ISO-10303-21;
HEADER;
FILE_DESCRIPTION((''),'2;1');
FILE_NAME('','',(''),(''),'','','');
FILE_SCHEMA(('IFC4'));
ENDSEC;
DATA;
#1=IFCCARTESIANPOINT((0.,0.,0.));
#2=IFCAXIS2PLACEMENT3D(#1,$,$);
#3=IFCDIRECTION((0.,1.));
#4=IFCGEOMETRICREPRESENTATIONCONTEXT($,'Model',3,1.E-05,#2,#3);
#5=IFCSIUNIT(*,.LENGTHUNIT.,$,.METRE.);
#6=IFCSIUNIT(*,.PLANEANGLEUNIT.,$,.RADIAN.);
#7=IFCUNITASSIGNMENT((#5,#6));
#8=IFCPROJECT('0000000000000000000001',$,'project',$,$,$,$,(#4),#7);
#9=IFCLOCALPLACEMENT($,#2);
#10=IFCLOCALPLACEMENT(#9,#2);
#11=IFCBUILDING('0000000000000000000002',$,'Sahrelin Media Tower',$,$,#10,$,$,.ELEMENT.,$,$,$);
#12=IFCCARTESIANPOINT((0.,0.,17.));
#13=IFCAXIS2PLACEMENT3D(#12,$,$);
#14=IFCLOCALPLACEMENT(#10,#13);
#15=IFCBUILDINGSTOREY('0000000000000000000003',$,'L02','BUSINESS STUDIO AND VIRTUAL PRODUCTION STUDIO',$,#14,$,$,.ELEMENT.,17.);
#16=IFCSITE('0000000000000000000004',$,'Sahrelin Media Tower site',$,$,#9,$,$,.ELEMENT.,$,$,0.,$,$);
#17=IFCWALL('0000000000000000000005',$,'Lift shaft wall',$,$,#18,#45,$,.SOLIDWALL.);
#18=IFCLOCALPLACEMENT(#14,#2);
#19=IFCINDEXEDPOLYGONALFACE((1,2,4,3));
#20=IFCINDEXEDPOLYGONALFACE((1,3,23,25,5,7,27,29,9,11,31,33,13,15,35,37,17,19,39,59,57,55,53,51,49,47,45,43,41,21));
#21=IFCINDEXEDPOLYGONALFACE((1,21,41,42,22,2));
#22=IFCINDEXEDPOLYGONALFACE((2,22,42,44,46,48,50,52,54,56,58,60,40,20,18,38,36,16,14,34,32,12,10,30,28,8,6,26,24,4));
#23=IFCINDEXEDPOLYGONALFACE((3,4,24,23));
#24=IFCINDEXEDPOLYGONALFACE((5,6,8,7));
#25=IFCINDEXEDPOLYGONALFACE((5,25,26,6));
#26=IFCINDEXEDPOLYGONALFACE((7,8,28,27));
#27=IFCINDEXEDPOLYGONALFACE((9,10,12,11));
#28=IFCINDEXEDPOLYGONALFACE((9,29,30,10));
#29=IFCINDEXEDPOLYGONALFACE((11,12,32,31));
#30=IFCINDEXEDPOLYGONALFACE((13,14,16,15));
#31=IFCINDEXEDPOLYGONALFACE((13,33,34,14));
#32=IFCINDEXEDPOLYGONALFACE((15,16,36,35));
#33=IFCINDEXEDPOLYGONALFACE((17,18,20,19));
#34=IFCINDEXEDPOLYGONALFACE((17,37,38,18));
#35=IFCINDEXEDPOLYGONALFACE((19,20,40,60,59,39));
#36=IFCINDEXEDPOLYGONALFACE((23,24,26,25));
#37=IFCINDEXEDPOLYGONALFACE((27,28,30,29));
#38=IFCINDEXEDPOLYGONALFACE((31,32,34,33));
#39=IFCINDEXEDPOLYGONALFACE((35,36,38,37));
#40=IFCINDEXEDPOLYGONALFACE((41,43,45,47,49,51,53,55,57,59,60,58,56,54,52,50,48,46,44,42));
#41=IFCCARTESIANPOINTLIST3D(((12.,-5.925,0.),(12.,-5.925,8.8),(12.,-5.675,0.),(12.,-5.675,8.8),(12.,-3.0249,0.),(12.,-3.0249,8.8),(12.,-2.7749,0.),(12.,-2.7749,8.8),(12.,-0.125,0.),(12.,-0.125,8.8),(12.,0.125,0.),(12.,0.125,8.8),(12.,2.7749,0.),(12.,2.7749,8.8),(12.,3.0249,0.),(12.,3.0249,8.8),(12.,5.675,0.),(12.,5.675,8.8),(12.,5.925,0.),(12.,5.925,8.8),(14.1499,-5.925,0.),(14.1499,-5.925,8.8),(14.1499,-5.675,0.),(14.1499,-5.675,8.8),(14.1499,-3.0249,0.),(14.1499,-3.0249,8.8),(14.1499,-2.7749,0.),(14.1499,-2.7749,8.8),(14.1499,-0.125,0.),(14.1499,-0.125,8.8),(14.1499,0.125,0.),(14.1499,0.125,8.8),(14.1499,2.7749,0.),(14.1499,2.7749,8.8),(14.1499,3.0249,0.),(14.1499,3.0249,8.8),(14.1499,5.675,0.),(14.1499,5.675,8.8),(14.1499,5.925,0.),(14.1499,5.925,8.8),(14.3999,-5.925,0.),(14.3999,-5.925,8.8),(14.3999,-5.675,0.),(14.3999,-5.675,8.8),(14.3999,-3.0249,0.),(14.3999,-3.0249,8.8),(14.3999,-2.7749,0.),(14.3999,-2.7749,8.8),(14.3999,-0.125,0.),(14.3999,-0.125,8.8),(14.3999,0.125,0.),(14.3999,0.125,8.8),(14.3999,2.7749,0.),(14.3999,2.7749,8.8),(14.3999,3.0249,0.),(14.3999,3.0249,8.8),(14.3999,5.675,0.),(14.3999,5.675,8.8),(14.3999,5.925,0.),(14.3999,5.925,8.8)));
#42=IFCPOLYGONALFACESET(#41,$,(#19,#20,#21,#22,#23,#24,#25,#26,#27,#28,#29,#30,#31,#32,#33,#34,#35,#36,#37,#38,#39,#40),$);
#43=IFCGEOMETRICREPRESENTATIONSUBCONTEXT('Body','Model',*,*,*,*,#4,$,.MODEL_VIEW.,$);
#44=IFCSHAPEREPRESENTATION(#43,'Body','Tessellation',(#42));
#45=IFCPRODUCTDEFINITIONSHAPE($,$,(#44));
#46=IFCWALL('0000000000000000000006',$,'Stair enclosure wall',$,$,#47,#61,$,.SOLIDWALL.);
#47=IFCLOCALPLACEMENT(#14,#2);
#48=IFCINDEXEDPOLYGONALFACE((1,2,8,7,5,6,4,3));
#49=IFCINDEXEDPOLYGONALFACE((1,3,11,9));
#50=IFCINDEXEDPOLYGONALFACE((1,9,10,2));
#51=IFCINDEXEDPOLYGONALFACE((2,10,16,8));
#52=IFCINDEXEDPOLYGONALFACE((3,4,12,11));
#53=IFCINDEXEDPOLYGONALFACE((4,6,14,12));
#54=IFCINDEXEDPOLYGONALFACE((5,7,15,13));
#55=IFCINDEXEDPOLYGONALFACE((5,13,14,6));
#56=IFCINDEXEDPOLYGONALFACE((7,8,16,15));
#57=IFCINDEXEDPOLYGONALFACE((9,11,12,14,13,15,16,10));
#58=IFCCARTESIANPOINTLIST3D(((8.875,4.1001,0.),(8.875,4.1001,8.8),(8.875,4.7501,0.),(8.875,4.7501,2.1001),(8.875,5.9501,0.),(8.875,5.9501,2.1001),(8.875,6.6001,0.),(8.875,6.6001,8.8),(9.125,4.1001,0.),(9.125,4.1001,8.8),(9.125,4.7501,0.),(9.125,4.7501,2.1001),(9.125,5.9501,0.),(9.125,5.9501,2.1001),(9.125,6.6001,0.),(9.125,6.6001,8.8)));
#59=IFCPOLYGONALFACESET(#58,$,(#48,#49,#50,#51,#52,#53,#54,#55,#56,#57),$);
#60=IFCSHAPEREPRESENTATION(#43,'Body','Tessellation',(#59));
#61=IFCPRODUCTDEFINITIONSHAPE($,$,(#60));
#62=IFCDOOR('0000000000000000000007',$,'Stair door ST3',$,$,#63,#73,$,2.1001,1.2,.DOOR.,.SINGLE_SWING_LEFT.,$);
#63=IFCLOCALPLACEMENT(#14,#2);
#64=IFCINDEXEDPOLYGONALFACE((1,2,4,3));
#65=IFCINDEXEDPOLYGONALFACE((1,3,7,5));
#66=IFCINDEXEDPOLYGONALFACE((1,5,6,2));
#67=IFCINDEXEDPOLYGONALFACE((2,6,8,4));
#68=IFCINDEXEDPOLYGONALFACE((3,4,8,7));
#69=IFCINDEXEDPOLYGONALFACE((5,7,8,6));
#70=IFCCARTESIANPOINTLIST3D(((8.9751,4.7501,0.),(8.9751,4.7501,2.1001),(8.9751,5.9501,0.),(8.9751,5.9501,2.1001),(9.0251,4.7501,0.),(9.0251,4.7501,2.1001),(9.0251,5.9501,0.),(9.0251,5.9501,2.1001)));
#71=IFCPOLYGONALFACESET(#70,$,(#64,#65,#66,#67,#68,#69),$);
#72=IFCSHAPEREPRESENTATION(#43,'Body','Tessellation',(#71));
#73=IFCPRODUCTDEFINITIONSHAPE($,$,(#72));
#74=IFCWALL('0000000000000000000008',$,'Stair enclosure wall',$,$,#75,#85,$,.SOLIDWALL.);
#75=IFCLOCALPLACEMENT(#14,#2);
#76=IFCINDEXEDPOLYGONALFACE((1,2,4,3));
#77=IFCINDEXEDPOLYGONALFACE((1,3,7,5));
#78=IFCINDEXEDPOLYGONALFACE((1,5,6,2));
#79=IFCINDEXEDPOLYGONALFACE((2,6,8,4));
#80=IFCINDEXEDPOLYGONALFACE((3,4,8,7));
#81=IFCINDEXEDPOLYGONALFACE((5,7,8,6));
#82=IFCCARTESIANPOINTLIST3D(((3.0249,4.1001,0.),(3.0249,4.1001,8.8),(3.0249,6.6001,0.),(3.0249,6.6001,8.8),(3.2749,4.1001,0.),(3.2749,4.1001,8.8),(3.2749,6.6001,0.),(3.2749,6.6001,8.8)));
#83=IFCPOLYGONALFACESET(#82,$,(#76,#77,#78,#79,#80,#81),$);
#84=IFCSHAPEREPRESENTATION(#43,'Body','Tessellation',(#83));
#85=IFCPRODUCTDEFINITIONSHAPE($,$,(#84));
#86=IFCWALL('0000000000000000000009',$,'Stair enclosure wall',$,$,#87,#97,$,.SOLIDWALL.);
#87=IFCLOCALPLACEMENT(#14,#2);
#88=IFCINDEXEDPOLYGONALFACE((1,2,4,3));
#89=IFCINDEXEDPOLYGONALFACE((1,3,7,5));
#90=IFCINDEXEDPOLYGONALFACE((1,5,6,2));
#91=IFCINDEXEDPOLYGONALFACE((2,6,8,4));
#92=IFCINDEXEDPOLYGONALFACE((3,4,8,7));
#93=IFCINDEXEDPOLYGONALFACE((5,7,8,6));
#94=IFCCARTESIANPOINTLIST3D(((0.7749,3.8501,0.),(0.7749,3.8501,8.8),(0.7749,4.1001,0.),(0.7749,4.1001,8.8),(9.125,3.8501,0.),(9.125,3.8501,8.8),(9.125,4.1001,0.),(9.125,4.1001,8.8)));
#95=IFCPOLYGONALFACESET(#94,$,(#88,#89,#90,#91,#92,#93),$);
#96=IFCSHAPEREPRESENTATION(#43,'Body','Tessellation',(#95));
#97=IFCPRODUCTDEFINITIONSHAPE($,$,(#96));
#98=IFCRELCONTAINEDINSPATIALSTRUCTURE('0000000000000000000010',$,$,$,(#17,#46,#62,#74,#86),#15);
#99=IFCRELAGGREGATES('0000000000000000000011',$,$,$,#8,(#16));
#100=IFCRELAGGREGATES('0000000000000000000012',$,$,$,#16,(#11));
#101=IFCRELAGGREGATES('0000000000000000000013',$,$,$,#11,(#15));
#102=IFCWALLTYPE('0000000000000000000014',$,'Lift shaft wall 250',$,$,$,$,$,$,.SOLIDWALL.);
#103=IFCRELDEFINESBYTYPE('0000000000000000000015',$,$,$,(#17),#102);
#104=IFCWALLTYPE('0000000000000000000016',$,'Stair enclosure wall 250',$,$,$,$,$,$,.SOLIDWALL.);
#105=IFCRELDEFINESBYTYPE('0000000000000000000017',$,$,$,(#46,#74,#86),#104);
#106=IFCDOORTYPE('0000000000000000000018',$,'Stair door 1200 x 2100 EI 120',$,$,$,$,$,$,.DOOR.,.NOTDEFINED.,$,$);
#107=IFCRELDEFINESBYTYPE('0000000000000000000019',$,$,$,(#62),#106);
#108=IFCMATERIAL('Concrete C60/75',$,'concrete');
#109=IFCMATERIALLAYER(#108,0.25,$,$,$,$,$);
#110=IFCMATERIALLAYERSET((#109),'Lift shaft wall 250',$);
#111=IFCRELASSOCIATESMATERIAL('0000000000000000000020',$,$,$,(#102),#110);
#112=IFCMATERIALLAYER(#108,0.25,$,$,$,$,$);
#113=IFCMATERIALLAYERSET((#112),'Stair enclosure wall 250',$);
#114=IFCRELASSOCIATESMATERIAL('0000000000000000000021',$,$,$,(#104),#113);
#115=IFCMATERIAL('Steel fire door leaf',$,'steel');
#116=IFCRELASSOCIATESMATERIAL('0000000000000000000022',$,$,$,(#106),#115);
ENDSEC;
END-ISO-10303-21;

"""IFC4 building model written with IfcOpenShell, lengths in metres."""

from ifc_helpers import new_model, si_unit, direction, frame, frame_2d, origin, place, context, subcontext, project, spatial, polyline, rectangle, outline, extrude, material, layer, layer_set, type_object, element, fill, save


model = new_model("IFC4")

# Units and contexts
model_context = context("Model", 3, precision=1e-05, world=origin(), true_north=direction((0.0, 1.0)))
body_context = subcontext(model_context, "Body", "Model", "MODEL_VIEW")
ifc_project = project(units=[si_unit("LENGTHUNIT", "METRE"), si_unit("PLANEANGLEUNIT", "RADIAN")], contexts=[model_context])

# Site, building, storey
site_placement = place(None, origin())
site = spatial("IfcSite", under=ifc_project, at=site_placement, Name="Sahrelin Media Tower site", CompositionType="ELEMENT", RefElevation=0.0)
building_placement = place(site_placement, origin())
building = spatial("IfcBuilding", under=site, at=building_placement, Name="Sahrelin Media Tower", CompositionType="ELEMENT")
storey_placement = place(building_placement, frame((0.0, 0.0, 17.0)))
storey = spatial("IfcBuildingStorey", under=building, at=storey_placement, Name="L02", Description="BUSINESS STUDIO AND VIRTUAL PRODUCTION STUDIO", CompositionType="ELEMENT", Elevation=17.0)

# Shared definitions
placement_1 = place(storey_placement, origin())

# Shared definitions
ifc_material_1 = material(Name="Concrete C60/75", Category="concrete")
ifc_layer_1 = layer(ifc_material_1, 0.25)
ifc_layer_set_1 = layer_set([ifc_layer_1], Name="Lift shaft wall 250")
wall_type_1 = type_object("IfcWallType", Name="Lift shaft wall 250", PredefinedType="SOLIDWALL", material=ifc_layer_set_1)
ifc_material_2 = material(Name="Steel fire door leaf", Category="steel")

# Wall
element("IfcWall", 1, at=placement_1, inside=storey, type_object=wall_type_1, Name="Lift shaft wall", PredefinedType="SOLIDWALL", context=body_context, shape_type="SweptSolid", body=[
    extrude(outline(polyline([(12.0, -5.675), (12.0, -5.925), (14.1499, -5.925), (14.3999, -5.925), (14.3999, -5.675), (14.3999, -3.0249), (14.3999, -2.7749), (14.3999, -0.125), (14.3999, 0.125), (14.3999, 2.7749), (14.3999, 3.0249), (14.3999, 5.675), (14.3999, 5.925), (14.1499, 5.925), (12.0, 5.925), (12.0, 5.675), (14.1499, 5.675), (14.1499, 3.0249), (12.0, 3.0249), (12.0, 2.7749), (14.1499, 2.7749), (14.1499, 0.125), (12.0, 0.125), (12.0, -0.125), (14.1499, -0.125), (14.1499, -2.7749), (12.0, -2.7749), (12.0, -3.0249), (14.1499, -3.0249), (14.1499, -5.675), (12.0, -5.675)])), origin(), (0.0, 0.0, 1.0), 8.8),
])

# Wall, opening, door
ifc_layer_2 = layer(ifc_material_1, 0.25)
ifc_layer_set_2 = layer_set([ifc_layer_2], Name="Stair enclosure wall 250")
wall_type_2 = type_object("IfcWallType", Name="Stair enclosure wall 250", PredefinedType="SOLIDWALL", material=ifc_layer_set_2)
wall_1_placement = place(storey_placement, frame((9.0, 4.1001, 0.0), z_axis=(0.0, 0.0, 1.0), x_axis=(0.0, 1.0, 0.0)))
wall_1 = element("IfcWall", 2, at=wall_1_placement, inside=storey, type_object=wall_type_2, Name="Stair enclosure wall", PredefinedType="SOLIDWALL", context=body_context, shape_type="SweptSolid", body=[
    extrude(rectangle(XDim=2.5, YDim=0.25, at=frame_2d((1.25, 0.0))), origin(), (0.0, 0.0, 1.0), 8.8),
])
opening_1_placement = place(wall_1_placement, frame((0.6499, 0.0, 0.0)))
opening_1 = element("IfcOpeningElement", 3, at=opening_1_placement, cuts=wall_1, PredefinedType="OPENING", context=body_context, shape_type="SweptSolid", body=[
    extrude(rectangle(XDim=1.2, YDim=2.1001, at=frame_2d((0.6001, 1.05))), frame((0.0, 0.125, 0.0), z_axis=(0.0, -1.0, 0.0), x_axis=(1.0, 0.0, 0.0)), (0.0, 0.0, 1.0), 0.25),
])
door_type_1 = type_object("IfcDoorType", Name="Stair door 1200 x 2100 EI 120", OperationType="NOTDEFINED", PredefinedType="DOOR", material=ifc_material_2)
door_1_placement = place(opening_1_placement, origin())
door_1 = element("IfcDoor", 4, at=door_1_placement, inside=storey, type_object=door_type_1, Name="Stair door ST3", OperationType="SINGLE_SWING_LEFT", OverallHeight=2.1001, OverallWidth=1.2, PredefinedType="DOOR", context=body_context, shape_type="SweptSolid", body=[
    extrude(rectangle(XDim=1.2, YDim=2.1001, at=frame_2d((0.6001, 1.05))), frame((0.0, 0.0249, 0.0), z_axis=(0.0, -1.0, 0.0), x_axis=(1.0, 0.0, 0.0)), (0.0, 0.0, 1.0), 0.05),
])
fill(opening_1, door_1)

# Walls
wall_2_placement = place(storey_placement, frame((3.1499, 4.1001, 0.0), z_axis=(0.0, 0.0, 1.0), x_axis=(0.0, 1.0, 0.0)))
element("IfcWall", 5, at=wall_2_placement, inside=storey, type_object=wall_type_2, Name="Stair enclosure wall", PredefinedType="SOLIDWALL", context=body_context, shape_type="SweptSolid", body=[
    extrude(rectangle(XDim=2.5, YDim=0.25, at=frame_2d((1.25, 0.0))), origin(), (0.0, 0.0, 1.0), 8.8),
])
wall_3_placement = place(storey_placement, frame((0.7749, 3.9751, 0.0), z_axis=(0.0, 0.0, 1.0), x_axis=(1.0, 0.0, 0.0)))
element("IfcWall", 6, at=wall_3_placement, inside=storey, type_object=wall_type_2, Name="Stair enclosure wall", PredefinedType="SOLIDWALL", context=body_context, shape_type="SweptSolid", body=[
    extrude(rectangle(XDim=8.3501, YDim=0.25, at=frame_2d((4.175, 0.0))), origin(), (0.0, 0.0, 1.0), 8.8),
])

save(model, "model.ifc")
